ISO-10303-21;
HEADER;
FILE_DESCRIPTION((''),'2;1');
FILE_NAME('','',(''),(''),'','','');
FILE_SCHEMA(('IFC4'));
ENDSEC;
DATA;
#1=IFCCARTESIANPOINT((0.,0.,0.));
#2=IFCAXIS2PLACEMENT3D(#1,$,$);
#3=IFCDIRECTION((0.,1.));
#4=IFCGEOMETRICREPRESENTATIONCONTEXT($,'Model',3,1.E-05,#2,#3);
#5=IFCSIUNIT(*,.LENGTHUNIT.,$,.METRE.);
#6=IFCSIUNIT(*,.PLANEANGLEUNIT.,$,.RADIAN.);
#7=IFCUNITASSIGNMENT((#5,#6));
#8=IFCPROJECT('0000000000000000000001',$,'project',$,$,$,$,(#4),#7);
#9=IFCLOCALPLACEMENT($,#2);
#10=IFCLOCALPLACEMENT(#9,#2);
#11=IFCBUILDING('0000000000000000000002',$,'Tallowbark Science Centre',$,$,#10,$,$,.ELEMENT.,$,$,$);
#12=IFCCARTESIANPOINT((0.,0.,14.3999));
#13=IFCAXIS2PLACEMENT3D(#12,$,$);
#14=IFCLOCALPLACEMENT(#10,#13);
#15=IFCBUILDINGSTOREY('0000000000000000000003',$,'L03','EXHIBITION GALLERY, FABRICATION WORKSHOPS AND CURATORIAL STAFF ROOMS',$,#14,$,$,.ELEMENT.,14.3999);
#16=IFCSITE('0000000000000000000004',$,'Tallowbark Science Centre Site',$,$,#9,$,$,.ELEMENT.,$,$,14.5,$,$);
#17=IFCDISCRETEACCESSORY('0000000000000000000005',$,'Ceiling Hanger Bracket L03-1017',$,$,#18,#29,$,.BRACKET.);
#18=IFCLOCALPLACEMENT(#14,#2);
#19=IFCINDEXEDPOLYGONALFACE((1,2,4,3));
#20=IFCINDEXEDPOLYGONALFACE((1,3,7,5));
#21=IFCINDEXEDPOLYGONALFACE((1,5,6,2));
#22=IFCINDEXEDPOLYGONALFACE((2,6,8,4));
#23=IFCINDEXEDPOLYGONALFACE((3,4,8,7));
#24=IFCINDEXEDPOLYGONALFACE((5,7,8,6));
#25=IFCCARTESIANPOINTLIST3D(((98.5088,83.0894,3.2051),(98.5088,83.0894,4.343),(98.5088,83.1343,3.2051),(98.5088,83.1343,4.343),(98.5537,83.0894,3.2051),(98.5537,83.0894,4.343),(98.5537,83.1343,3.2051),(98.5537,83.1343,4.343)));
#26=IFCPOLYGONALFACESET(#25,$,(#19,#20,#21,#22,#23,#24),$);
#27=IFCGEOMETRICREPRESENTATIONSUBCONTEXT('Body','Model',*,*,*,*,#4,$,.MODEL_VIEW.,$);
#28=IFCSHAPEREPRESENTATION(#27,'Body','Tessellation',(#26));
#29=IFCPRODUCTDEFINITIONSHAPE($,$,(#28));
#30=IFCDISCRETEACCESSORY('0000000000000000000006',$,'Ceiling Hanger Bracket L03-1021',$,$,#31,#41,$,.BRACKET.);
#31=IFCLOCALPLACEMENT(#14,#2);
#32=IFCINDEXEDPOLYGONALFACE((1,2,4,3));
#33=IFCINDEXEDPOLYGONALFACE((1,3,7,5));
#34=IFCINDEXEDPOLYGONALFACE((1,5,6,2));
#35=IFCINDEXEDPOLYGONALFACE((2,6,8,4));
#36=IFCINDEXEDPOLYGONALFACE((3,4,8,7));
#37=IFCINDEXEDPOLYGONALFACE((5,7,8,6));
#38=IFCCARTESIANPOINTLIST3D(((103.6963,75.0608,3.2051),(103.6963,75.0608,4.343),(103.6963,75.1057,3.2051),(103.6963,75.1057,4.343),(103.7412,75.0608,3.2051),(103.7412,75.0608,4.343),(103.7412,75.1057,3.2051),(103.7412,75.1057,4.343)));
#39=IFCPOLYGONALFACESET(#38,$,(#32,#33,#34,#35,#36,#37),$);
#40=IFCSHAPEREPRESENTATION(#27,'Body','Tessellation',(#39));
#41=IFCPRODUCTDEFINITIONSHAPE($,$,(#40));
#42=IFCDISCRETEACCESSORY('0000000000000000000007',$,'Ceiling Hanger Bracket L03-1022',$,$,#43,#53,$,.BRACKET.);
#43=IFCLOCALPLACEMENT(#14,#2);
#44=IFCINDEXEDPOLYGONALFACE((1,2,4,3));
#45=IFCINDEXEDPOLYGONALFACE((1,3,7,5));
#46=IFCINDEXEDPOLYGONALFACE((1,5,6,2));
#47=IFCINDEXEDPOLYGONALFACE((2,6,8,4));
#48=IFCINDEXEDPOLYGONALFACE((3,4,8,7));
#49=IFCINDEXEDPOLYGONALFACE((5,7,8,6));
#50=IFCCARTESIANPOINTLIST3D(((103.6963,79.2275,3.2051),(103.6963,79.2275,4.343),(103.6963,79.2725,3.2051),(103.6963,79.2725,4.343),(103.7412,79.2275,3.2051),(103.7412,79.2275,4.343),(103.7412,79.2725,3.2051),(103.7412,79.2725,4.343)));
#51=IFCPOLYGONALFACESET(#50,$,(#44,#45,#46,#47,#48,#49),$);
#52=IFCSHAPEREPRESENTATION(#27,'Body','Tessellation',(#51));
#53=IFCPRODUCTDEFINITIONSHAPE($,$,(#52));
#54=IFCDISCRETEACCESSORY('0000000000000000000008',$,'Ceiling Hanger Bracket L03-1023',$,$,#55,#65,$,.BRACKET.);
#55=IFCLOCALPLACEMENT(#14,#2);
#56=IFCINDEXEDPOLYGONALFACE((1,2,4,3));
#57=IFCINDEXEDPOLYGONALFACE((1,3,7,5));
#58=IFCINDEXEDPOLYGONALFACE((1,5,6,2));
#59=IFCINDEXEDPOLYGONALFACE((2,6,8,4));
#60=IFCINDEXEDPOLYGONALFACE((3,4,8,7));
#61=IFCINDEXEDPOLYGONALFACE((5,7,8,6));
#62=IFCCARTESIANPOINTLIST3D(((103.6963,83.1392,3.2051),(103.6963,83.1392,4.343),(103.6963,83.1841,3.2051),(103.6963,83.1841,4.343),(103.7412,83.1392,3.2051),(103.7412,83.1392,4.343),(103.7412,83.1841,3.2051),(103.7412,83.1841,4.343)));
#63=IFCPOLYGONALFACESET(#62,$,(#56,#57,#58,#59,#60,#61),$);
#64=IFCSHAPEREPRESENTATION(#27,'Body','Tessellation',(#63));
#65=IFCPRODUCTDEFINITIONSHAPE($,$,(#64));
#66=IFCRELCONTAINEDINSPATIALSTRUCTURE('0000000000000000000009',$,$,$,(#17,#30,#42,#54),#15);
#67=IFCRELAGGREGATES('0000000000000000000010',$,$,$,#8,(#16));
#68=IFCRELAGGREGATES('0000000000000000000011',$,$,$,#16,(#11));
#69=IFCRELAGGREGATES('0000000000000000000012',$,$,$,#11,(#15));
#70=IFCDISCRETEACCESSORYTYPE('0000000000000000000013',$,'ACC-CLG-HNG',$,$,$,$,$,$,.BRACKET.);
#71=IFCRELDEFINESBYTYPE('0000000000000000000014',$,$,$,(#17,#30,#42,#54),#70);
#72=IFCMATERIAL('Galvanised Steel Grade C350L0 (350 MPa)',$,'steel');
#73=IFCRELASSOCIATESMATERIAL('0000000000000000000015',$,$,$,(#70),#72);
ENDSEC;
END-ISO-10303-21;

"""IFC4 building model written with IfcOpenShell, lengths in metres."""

from ifc_helpers import new_model, si_unit, direction, frame, origin, origin_2d, place, context, subcontext, project, spatial, rectangle, extrude, material, type_object, element, save


model = new_model("IFC4")

# Units and contexts
model_context = context("Model", 3, precision=1e-05, world=origin(), true_north=direction((0.0, 1.0)))
body_context = subcontext(model_context, "Body", "Model", "MODEL_VIEW")
ifc_project = project(units=[si_unit("LENGTHUNIT", "METRE"), si_unit("PLANEANGLEUNIT", "RADIAN")], contexts=[model_context])

# Site, building, storey
site_placement = place(None, origin())
site = spatial("IfcSite", under=ifc_project, at=site_placement, Name="Tallowbark Science Centre Site", CompositionType="ELEMENT", RefElevation=14.5)
building_placement = place(site_placement, origin())
building = spatial("IfcBuilding", under=site, at=building_placement, Name="Tallowbark Science Centre", CompositionType="ELEMENT")
storey_placement = place(building_placement, frame((0.0, 0.0, 14.3999)))
storey = spatial("IfcBuildingStorey", under=building, at=storey_placement, Name="L03", Description="EXHIBITION GALLERY, FABRICATION WORKSHOPS AND CURATORIAL STAFF ROOMS", CompositionType="ELEMENT", Elevation=14.3999)

# Discrete accessories
ifc_material_1 = material(Name="Galvanised Steel Grade C350L0 (350 MPa)", Category="steel")
discrete_accessory_type = type_object("IfcDiscreteAccessoryType", Name="ACC-CLG-HNG", PredefinedType="BRACKET", material=ifc_material_1)
for number, where, z_axis, x_axis, name in (
    (1, (98.5312, 83.1118, 3.2051), (0.0, 0.0, 1.0), (1.0, 0.0, 0.0), "Ceiling Hanger Bracket L03-1017"),
    (2, (103.7188, 75.0833, 3.2051), (0.0, 0.0, 1.0), (1.0, 0.0, 0.0), "Ceiling Hanger Bracket L03-1021"),
    (3, (103.7188, 79.25, 3.2051), (0.0, 0.0, 1.0), (1.0, 0.0, 0.0), "Ceiling Hanger Bracket L03-1022"),
    (4, (103.7188, 83.1616, 3.2051), (0.0, 0.0, 1.0), (1.0, 0.0, 0.0), "Ceiling Hanger Bracket L03-1023"),
):
    element("IfcDiscreteAccessory", number, at=place(storey_placement, frame(where, z_axis=z_axis, x_axis=x_axis)), inside=storey, type_object=discrete_accessory_type, Name=name, PredefinedType="BRACKET", context=body_context, shape_type="SweptSolid", body=[
        extrude(rectangle(XDim=0.0449, YDim=0.0449, at=origin_2d()), origin(), (0.0, 0.0, 1.0), 1.1379),
    ])

save(model, "model.ifc")
